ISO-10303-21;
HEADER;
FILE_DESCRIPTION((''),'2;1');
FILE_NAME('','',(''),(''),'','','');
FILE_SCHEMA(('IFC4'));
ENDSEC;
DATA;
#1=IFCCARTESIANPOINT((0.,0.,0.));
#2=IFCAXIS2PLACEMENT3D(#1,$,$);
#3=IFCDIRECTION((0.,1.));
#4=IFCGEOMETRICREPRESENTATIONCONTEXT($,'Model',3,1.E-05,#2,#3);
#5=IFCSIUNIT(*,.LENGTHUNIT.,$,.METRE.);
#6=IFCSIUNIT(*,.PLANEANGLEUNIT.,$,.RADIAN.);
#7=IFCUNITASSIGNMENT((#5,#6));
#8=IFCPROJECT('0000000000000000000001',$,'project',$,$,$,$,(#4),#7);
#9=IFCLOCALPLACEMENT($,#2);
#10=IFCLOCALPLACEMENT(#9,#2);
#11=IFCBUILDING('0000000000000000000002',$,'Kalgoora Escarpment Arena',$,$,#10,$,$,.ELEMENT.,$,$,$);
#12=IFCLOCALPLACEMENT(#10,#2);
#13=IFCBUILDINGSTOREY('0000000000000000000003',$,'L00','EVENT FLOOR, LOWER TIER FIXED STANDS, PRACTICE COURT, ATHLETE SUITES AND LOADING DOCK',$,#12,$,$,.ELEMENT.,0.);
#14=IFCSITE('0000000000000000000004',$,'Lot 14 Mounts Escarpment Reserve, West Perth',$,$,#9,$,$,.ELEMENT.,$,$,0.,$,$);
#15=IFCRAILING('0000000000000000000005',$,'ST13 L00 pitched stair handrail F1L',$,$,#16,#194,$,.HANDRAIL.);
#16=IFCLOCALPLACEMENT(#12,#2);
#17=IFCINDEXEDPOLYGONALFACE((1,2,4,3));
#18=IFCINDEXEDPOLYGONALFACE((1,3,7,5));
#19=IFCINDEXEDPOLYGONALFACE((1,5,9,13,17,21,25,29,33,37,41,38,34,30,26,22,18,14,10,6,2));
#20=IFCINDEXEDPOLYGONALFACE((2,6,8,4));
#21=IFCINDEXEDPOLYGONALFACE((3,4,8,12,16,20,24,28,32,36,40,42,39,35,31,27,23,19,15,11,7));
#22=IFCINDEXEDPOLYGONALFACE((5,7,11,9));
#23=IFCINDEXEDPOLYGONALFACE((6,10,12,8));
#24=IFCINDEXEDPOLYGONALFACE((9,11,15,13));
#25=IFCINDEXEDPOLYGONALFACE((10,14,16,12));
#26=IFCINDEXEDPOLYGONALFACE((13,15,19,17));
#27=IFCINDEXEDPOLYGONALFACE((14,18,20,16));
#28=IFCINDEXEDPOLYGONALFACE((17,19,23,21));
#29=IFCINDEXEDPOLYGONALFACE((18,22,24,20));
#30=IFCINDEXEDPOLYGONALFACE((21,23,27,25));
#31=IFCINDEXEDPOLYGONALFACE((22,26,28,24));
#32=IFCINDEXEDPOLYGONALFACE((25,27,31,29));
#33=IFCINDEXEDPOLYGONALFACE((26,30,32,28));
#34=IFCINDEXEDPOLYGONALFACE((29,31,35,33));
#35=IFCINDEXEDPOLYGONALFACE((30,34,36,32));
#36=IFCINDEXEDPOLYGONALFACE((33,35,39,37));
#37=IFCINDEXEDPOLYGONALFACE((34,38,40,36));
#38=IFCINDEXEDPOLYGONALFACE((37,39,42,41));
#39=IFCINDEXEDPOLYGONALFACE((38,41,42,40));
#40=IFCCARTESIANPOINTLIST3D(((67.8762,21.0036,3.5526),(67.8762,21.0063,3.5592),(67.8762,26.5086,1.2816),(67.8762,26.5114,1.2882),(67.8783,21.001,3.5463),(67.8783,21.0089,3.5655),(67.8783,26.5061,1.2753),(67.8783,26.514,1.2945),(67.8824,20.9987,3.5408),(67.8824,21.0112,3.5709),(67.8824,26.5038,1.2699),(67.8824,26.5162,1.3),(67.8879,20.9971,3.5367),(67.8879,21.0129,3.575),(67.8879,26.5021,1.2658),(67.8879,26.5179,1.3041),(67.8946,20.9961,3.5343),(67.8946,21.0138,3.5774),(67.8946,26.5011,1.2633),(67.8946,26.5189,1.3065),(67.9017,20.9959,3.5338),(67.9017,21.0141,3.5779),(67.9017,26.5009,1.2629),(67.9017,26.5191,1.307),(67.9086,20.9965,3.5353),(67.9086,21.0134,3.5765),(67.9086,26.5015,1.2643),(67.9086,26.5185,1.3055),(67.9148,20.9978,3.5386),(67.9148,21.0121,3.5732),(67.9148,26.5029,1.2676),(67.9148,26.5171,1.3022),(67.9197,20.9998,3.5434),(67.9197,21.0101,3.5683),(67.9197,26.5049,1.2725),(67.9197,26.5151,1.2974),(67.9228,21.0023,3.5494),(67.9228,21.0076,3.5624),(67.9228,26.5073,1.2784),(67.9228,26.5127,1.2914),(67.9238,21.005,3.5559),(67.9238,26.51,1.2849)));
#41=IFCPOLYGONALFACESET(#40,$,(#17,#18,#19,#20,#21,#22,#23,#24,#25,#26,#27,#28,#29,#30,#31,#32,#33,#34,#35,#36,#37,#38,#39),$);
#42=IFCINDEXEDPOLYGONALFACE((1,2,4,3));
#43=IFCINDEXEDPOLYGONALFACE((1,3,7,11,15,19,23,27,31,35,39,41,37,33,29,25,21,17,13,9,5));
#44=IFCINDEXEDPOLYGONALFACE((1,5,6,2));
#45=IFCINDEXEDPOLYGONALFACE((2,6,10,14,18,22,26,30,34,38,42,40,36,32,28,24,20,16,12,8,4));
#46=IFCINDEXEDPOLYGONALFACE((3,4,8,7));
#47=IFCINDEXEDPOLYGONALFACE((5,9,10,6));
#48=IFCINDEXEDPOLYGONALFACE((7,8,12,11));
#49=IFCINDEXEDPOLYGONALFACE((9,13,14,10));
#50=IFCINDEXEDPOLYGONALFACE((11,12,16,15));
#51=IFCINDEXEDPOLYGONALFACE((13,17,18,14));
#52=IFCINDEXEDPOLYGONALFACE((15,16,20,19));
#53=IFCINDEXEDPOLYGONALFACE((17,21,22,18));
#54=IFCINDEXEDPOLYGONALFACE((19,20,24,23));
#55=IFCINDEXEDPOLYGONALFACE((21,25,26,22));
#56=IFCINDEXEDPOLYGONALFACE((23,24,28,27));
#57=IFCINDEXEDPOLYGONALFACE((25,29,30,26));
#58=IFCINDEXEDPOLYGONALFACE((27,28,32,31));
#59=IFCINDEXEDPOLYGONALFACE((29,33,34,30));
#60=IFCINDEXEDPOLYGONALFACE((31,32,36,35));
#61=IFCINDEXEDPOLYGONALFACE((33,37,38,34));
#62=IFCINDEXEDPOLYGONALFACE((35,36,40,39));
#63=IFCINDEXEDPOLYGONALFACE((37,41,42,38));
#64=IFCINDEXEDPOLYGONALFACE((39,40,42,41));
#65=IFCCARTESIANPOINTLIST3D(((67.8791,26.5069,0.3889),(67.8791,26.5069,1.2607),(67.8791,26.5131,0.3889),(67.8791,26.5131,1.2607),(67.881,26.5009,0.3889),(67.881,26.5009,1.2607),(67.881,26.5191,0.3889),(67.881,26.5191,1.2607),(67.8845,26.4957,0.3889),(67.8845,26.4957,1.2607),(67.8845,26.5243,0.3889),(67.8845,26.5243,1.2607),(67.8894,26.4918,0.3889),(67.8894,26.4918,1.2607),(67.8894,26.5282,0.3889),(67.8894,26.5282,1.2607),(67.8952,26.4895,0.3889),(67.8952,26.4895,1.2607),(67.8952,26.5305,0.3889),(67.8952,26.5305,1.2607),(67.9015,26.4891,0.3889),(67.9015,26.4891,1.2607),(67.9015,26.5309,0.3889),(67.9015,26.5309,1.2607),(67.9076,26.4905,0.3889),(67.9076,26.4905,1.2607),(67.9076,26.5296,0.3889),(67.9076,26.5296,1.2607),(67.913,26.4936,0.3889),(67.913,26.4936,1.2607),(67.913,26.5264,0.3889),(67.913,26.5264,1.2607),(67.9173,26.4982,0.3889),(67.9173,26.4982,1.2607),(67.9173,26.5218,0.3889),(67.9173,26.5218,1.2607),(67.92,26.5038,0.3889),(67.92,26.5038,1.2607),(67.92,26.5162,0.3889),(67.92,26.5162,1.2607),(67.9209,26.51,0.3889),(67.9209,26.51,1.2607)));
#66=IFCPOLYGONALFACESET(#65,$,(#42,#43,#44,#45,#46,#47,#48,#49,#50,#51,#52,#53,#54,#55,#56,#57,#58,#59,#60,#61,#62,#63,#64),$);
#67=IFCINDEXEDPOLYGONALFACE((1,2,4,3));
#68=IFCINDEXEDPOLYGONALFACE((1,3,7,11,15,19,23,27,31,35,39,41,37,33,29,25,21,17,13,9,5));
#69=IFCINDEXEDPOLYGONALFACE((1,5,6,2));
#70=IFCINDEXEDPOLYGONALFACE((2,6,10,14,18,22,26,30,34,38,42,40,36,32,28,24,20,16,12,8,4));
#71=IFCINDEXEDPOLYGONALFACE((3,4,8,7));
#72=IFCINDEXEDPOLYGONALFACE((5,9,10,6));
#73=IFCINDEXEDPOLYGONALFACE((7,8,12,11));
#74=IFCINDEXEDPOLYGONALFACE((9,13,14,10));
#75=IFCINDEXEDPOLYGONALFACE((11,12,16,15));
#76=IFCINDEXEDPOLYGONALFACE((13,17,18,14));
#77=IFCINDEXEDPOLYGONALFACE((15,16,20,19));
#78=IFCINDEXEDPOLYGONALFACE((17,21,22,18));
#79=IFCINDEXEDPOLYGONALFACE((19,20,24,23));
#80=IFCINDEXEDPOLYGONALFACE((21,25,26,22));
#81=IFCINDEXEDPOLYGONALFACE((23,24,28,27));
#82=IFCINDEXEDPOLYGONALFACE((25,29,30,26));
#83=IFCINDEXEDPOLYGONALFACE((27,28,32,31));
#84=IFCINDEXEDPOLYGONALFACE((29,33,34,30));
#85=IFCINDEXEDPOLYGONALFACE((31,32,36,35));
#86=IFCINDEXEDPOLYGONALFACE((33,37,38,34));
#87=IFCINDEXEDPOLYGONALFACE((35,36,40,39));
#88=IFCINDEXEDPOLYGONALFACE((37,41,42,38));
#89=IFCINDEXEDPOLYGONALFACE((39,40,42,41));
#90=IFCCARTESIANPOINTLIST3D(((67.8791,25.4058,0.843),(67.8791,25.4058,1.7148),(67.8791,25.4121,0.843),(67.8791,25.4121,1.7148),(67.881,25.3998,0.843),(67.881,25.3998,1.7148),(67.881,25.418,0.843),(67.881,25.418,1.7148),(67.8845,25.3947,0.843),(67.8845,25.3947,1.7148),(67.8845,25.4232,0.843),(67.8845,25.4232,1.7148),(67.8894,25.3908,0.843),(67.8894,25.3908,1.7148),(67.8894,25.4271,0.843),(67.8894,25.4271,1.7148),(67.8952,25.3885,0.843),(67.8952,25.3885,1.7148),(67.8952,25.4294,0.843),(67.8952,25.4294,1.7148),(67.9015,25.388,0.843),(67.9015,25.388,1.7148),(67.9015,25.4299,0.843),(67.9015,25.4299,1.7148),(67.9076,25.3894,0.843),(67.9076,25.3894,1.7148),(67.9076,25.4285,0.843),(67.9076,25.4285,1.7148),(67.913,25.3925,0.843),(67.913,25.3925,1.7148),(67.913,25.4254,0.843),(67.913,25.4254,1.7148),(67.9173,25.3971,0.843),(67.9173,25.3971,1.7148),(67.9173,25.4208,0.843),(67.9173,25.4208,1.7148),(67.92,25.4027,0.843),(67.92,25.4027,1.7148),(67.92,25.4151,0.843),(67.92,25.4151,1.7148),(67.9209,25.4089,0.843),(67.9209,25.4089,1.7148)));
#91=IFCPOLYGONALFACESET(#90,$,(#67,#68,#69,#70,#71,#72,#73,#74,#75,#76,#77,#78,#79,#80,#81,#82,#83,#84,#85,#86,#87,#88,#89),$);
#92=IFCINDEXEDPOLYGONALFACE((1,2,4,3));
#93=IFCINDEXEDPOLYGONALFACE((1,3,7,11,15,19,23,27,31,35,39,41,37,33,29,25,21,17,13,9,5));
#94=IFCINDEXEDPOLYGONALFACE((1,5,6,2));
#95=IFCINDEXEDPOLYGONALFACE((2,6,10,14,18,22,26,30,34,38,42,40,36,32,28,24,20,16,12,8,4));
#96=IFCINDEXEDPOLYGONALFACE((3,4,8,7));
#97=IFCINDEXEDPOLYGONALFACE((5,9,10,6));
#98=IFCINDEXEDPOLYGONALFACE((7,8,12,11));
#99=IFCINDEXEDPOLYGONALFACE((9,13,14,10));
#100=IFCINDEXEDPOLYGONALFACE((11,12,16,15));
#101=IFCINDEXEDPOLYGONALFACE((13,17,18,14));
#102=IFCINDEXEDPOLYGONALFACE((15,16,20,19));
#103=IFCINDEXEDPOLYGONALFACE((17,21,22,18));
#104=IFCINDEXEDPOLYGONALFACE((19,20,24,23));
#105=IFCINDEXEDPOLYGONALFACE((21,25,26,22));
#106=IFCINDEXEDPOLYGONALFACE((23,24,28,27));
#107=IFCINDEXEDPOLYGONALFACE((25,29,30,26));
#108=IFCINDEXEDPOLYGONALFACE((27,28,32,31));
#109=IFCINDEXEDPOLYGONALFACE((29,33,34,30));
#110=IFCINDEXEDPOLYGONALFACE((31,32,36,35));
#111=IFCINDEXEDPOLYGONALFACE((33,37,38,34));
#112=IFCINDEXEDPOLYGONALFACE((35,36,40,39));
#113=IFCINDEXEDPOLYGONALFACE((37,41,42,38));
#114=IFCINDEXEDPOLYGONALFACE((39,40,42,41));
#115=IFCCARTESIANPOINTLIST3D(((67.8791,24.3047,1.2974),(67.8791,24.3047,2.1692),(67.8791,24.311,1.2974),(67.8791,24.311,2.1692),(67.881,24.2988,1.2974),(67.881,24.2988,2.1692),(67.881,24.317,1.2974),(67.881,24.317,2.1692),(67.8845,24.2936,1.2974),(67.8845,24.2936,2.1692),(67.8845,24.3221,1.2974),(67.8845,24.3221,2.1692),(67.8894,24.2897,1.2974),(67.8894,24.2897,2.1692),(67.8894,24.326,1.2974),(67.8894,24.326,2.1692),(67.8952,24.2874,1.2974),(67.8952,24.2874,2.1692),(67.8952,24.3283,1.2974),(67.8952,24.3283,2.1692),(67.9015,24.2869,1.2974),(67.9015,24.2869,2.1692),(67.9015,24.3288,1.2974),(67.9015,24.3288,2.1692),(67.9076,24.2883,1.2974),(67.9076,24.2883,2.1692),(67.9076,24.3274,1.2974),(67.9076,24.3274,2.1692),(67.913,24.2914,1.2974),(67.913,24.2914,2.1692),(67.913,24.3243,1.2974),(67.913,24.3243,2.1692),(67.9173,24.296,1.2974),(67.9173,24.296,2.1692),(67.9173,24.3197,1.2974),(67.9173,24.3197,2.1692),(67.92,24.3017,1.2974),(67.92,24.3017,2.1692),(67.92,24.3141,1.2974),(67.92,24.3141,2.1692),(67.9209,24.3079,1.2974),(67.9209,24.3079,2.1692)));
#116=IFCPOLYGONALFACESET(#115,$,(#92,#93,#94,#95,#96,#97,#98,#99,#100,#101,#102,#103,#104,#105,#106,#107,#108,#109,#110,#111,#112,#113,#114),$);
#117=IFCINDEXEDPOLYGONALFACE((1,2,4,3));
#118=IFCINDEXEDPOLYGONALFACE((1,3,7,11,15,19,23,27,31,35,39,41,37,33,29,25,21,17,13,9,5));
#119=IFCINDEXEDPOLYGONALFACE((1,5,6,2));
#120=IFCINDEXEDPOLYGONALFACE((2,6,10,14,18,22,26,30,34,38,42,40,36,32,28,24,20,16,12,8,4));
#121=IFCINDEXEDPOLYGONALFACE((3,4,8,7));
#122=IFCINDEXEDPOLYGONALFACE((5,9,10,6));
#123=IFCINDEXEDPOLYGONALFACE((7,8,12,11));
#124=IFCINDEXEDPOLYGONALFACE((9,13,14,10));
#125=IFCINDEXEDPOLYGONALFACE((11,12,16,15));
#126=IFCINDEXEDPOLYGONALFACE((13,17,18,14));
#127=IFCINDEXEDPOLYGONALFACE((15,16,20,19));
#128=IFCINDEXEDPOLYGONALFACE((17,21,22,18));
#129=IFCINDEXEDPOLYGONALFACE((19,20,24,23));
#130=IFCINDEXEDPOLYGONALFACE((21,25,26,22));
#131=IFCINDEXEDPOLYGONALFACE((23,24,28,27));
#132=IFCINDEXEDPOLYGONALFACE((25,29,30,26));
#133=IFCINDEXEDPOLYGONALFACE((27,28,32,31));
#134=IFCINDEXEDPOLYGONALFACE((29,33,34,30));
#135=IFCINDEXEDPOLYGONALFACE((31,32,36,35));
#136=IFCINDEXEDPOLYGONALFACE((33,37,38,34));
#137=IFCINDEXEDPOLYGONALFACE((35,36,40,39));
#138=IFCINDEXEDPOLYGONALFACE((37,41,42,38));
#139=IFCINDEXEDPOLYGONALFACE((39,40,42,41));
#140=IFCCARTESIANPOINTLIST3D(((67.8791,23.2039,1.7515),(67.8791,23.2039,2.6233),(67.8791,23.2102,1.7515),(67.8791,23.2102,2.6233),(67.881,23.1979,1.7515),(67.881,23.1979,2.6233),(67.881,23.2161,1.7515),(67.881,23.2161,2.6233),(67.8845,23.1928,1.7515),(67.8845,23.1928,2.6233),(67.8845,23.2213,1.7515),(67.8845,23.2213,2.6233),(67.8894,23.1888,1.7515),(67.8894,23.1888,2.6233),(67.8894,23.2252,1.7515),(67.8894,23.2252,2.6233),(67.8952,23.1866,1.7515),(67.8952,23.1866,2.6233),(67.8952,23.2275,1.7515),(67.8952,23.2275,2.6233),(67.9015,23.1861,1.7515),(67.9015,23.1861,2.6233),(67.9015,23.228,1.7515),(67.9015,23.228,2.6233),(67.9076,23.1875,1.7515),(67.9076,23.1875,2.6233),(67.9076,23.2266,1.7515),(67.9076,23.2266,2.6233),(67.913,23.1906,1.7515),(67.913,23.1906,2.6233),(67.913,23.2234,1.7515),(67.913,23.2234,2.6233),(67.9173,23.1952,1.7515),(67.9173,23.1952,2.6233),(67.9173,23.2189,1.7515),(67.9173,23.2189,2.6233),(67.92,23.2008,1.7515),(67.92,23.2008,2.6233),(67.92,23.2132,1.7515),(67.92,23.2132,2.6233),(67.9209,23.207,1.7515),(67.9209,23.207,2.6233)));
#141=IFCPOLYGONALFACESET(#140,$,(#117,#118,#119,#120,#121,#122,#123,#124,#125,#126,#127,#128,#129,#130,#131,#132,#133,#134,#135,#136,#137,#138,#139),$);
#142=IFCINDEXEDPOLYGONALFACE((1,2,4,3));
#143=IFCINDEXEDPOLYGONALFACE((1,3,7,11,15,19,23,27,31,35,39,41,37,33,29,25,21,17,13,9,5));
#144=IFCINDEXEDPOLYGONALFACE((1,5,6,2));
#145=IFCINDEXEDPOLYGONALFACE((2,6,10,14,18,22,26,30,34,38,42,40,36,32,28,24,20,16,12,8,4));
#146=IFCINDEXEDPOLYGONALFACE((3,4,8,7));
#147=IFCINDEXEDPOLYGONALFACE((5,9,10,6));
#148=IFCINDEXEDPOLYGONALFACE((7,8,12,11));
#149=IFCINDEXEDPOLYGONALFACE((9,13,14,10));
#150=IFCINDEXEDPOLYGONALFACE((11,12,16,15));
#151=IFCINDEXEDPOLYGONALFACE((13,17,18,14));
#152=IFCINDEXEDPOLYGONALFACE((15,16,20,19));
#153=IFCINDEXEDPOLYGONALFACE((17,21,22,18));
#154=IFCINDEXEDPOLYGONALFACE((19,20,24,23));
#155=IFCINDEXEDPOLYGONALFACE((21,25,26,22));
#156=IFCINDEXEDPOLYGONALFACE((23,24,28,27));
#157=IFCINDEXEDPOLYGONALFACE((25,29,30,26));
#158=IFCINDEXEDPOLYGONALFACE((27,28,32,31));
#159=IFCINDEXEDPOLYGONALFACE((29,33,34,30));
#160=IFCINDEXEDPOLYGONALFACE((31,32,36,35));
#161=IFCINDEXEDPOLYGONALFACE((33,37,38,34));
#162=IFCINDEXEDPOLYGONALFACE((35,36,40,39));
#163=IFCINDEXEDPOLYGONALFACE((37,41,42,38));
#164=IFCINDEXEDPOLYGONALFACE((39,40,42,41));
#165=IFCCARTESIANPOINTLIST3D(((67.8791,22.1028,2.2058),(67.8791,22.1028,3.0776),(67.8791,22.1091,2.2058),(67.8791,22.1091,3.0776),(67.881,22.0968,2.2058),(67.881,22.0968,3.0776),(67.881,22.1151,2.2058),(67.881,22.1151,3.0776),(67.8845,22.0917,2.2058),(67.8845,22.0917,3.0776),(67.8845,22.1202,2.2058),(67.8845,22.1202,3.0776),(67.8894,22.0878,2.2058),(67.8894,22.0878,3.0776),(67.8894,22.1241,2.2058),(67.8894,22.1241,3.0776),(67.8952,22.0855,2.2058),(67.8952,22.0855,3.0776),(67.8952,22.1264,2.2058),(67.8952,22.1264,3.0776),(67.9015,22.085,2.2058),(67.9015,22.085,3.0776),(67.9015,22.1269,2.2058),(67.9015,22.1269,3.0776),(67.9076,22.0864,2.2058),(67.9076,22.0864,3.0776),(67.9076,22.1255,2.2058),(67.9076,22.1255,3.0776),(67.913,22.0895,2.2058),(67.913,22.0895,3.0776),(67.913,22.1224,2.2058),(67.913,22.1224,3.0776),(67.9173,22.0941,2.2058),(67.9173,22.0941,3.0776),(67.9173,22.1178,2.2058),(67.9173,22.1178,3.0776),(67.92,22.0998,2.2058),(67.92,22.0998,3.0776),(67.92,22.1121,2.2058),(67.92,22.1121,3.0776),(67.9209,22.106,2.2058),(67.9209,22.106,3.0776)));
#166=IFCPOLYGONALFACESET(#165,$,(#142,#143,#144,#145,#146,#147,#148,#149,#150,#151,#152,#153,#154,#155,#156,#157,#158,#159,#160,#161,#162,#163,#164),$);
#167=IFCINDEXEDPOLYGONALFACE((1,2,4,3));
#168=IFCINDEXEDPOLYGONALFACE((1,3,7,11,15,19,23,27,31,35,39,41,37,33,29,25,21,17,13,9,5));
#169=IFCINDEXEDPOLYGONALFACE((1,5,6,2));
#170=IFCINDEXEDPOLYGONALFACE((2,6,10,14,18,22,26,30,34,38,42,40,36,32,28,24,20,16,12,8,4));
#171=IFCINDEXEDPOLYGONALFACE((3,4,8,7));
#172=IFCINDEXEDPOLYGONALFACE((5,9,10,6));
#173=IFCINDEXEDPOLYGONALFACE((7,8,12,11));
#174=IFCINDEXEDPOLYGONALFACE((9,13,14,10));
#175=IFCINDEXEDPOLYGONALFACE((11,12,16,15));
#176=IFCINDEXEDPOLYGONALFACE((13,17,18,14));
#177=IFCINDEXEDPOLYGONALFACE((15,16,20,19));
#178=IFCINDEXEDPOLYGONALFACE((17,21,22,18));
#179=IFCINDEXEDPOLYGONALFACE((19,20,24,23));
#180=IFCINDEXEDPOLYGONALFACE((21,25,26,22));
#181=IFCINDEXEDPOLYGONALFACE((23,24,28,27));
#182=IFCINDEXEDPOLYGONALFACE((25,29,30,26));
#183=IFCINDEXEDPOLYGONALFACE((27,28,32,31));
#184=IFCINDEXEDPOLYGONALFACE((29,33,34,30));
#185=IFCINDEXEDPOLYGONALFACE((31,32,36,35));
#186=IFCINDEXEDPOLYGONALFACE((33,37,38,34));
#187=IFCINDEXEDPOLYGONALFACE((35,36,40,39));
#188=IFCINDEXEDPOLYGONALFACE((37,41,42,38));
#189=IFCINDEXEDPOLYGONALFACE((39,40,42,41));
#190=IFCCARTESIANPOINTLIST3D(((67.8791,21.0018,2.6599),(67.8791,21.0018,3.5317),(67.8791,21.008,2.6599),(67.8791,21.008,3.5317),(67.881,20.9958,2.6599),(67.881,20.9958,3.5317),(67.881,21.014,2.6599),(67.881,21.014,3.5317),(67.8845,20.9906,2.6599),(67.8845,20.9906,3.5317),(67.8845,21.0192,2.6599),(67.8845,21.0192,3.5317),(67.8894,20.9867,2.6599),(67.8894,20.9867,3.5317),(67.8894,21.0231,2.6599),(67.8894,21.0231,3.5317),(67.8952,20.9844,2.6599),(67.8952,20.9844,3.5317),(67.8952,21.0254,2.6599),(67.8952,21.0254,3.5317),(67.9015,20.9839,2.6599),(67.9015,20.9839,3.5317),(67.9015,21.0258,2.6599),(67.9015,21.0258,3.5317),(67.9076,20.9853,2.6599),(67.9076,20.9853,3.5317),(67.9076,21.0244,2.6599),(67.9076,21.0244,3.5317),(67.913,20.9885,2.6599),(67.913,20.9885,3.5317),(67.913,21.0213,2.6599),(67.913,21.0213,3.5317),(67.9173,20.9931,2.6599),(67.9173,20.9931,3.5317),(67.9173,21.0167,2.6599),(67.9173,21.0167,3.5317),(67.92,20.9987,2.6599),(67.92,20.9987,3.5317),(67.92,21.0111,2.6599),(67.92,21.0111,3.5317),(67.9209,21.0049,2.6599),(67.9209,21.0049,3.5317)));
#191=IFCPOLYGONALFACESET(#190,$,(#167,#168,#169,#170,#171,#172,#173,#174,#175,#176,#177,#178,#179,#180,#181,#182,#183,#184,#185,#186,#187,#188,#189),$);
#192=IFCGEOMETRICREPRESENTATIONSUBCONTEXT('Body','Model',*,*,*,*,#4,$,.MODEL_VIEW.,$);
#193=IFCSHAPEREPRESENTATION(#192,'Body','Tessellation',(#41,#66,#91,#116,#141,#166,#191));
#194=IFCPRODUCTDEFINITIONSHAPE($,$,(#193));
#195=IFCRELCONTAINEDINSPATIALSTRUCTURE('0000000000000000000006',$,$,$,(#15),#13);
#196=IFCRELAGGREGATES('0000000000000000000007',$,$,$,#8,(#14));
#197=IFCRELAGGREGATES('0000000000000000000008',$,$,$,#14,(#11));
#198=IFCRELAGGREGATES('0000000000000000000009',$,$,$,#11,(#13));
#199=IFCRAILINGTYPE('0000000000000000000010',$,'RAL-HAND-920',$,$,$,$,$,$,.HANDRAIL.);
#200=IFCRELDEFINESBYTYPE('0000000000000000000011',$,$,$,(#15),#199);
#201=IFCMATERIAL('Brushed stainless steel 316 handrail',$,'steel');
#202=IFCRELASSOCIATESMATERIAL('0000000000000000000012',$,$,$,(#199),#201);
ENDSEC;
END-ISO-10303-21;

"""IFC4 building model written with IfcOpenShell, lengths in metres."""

from ifc_helpers import new_model, si_unit, direction, frame, origin, origin_2d, place, context, subcontext, project, spatial, circle, extrude, material, type_object, element, save


model = new_model("IFC4")

# Units and contexts
model_context = context("Model", 3, precision=1e-05, world=origin(), true_north=direction((0.0, 1.0)))
body_context = subcontext(model_context, "Body", "Model", "MODEL_VIEW")
ifc_project = project(units=[si_unit("LENGTHUNIT", "METRE"), si_unit("PLANEANGLEUNIT", "RADIAN")], contexts=[model_context])

# Site, building, storey
site_placement = place(None, origin())
site = spatial("IfcSite", under=ifc_project, at=site_placement, Name="Lot 14 Mounts Escarpment Reserve, West Perth", CompositionType="ELEMENT", RefElevation=0.0)
building_placement = place(site_placement, origin())
building = spatial("IfcBuilding", under=site, at=building_placement, Name="Kalgoora Escarpment Arena", CompositionType="ELEMENT")
storey_placement = place(building_placement, origin())
storey = spatial("IfcBuildingStorey", under=building, at=storey_placement, Name="L00", Description="EVENT FLOOR, LOWER TIER FIXED STANDS, PRACTICE COURT, ATHLETE SUITES AND LOADING DOCK", CompositionType="ELEMENT", Elevation=0.0)

# Railing
ifc_material_1 = material(Name="Brushed stainless steel 316 handrail", Category="steel")
railing_type_1 = type_object("IfcRailingType", Name="RAL-HAND-920", PredefinedType="HANDRAIL", material=ifc_material_1)
for number, where, name in (
    (1, (67.8999, 26.51, 0.3889), "ST13 L00 pitched stair handrail F1L"),
):
    element("IfcRailing", number, at=place(storey_placement, frame(where)), inside=storey, type_object=railing_type_1, Name=name, PredefinedType="HANDRAIL", context=body_context, shape_type="SweptSolid", body=[
        extrude(circle(Radius=0.0239, at=origin_2d()), frame((0.0, 0.0, 0.896), z_axis=(0.0, -0.924431, 0.38135), x_axis=(1.0, 0.0, 0.0)), (0.0, 0.0, 1.0), 5.9551),
        extrude(circle(Radius=0.021, at=origin_2d()), origin(), (0.0, 0.0, 1.0), 0.8718),
        extrude(circle(Radius=0.021, at=origin_2d()), frame((0.0, -1.1011, 0.4541)), (0.0, 0.0, 1.0), 0.8718),
        extrude(circle(Radius=0.021, at=origin_2d()), frame((0.0, -2.2021, 0.9084)), (0.0, 0.0, 1.0), 0.8718),
        extrude(circle(Radius=0.021, at=origin_2d()), frame((0.0, -3.303, 1.3625)), (0.0, 0.0, 1.0), 0.8718),
        extrude(circle(Radius=0.021, at=origin_2d()), frame((0.0, -4.4041, 1.8169)), (0.0, 0.0, 1.0), 0.8718),
        extrude(circle(Radius=0.021, at=origin_2d()), frame((0.0, -5.5051, 2.271)), (0.0, 0.0, 1.0), 0.8718),
    ])

save(model, "model.ifc")
